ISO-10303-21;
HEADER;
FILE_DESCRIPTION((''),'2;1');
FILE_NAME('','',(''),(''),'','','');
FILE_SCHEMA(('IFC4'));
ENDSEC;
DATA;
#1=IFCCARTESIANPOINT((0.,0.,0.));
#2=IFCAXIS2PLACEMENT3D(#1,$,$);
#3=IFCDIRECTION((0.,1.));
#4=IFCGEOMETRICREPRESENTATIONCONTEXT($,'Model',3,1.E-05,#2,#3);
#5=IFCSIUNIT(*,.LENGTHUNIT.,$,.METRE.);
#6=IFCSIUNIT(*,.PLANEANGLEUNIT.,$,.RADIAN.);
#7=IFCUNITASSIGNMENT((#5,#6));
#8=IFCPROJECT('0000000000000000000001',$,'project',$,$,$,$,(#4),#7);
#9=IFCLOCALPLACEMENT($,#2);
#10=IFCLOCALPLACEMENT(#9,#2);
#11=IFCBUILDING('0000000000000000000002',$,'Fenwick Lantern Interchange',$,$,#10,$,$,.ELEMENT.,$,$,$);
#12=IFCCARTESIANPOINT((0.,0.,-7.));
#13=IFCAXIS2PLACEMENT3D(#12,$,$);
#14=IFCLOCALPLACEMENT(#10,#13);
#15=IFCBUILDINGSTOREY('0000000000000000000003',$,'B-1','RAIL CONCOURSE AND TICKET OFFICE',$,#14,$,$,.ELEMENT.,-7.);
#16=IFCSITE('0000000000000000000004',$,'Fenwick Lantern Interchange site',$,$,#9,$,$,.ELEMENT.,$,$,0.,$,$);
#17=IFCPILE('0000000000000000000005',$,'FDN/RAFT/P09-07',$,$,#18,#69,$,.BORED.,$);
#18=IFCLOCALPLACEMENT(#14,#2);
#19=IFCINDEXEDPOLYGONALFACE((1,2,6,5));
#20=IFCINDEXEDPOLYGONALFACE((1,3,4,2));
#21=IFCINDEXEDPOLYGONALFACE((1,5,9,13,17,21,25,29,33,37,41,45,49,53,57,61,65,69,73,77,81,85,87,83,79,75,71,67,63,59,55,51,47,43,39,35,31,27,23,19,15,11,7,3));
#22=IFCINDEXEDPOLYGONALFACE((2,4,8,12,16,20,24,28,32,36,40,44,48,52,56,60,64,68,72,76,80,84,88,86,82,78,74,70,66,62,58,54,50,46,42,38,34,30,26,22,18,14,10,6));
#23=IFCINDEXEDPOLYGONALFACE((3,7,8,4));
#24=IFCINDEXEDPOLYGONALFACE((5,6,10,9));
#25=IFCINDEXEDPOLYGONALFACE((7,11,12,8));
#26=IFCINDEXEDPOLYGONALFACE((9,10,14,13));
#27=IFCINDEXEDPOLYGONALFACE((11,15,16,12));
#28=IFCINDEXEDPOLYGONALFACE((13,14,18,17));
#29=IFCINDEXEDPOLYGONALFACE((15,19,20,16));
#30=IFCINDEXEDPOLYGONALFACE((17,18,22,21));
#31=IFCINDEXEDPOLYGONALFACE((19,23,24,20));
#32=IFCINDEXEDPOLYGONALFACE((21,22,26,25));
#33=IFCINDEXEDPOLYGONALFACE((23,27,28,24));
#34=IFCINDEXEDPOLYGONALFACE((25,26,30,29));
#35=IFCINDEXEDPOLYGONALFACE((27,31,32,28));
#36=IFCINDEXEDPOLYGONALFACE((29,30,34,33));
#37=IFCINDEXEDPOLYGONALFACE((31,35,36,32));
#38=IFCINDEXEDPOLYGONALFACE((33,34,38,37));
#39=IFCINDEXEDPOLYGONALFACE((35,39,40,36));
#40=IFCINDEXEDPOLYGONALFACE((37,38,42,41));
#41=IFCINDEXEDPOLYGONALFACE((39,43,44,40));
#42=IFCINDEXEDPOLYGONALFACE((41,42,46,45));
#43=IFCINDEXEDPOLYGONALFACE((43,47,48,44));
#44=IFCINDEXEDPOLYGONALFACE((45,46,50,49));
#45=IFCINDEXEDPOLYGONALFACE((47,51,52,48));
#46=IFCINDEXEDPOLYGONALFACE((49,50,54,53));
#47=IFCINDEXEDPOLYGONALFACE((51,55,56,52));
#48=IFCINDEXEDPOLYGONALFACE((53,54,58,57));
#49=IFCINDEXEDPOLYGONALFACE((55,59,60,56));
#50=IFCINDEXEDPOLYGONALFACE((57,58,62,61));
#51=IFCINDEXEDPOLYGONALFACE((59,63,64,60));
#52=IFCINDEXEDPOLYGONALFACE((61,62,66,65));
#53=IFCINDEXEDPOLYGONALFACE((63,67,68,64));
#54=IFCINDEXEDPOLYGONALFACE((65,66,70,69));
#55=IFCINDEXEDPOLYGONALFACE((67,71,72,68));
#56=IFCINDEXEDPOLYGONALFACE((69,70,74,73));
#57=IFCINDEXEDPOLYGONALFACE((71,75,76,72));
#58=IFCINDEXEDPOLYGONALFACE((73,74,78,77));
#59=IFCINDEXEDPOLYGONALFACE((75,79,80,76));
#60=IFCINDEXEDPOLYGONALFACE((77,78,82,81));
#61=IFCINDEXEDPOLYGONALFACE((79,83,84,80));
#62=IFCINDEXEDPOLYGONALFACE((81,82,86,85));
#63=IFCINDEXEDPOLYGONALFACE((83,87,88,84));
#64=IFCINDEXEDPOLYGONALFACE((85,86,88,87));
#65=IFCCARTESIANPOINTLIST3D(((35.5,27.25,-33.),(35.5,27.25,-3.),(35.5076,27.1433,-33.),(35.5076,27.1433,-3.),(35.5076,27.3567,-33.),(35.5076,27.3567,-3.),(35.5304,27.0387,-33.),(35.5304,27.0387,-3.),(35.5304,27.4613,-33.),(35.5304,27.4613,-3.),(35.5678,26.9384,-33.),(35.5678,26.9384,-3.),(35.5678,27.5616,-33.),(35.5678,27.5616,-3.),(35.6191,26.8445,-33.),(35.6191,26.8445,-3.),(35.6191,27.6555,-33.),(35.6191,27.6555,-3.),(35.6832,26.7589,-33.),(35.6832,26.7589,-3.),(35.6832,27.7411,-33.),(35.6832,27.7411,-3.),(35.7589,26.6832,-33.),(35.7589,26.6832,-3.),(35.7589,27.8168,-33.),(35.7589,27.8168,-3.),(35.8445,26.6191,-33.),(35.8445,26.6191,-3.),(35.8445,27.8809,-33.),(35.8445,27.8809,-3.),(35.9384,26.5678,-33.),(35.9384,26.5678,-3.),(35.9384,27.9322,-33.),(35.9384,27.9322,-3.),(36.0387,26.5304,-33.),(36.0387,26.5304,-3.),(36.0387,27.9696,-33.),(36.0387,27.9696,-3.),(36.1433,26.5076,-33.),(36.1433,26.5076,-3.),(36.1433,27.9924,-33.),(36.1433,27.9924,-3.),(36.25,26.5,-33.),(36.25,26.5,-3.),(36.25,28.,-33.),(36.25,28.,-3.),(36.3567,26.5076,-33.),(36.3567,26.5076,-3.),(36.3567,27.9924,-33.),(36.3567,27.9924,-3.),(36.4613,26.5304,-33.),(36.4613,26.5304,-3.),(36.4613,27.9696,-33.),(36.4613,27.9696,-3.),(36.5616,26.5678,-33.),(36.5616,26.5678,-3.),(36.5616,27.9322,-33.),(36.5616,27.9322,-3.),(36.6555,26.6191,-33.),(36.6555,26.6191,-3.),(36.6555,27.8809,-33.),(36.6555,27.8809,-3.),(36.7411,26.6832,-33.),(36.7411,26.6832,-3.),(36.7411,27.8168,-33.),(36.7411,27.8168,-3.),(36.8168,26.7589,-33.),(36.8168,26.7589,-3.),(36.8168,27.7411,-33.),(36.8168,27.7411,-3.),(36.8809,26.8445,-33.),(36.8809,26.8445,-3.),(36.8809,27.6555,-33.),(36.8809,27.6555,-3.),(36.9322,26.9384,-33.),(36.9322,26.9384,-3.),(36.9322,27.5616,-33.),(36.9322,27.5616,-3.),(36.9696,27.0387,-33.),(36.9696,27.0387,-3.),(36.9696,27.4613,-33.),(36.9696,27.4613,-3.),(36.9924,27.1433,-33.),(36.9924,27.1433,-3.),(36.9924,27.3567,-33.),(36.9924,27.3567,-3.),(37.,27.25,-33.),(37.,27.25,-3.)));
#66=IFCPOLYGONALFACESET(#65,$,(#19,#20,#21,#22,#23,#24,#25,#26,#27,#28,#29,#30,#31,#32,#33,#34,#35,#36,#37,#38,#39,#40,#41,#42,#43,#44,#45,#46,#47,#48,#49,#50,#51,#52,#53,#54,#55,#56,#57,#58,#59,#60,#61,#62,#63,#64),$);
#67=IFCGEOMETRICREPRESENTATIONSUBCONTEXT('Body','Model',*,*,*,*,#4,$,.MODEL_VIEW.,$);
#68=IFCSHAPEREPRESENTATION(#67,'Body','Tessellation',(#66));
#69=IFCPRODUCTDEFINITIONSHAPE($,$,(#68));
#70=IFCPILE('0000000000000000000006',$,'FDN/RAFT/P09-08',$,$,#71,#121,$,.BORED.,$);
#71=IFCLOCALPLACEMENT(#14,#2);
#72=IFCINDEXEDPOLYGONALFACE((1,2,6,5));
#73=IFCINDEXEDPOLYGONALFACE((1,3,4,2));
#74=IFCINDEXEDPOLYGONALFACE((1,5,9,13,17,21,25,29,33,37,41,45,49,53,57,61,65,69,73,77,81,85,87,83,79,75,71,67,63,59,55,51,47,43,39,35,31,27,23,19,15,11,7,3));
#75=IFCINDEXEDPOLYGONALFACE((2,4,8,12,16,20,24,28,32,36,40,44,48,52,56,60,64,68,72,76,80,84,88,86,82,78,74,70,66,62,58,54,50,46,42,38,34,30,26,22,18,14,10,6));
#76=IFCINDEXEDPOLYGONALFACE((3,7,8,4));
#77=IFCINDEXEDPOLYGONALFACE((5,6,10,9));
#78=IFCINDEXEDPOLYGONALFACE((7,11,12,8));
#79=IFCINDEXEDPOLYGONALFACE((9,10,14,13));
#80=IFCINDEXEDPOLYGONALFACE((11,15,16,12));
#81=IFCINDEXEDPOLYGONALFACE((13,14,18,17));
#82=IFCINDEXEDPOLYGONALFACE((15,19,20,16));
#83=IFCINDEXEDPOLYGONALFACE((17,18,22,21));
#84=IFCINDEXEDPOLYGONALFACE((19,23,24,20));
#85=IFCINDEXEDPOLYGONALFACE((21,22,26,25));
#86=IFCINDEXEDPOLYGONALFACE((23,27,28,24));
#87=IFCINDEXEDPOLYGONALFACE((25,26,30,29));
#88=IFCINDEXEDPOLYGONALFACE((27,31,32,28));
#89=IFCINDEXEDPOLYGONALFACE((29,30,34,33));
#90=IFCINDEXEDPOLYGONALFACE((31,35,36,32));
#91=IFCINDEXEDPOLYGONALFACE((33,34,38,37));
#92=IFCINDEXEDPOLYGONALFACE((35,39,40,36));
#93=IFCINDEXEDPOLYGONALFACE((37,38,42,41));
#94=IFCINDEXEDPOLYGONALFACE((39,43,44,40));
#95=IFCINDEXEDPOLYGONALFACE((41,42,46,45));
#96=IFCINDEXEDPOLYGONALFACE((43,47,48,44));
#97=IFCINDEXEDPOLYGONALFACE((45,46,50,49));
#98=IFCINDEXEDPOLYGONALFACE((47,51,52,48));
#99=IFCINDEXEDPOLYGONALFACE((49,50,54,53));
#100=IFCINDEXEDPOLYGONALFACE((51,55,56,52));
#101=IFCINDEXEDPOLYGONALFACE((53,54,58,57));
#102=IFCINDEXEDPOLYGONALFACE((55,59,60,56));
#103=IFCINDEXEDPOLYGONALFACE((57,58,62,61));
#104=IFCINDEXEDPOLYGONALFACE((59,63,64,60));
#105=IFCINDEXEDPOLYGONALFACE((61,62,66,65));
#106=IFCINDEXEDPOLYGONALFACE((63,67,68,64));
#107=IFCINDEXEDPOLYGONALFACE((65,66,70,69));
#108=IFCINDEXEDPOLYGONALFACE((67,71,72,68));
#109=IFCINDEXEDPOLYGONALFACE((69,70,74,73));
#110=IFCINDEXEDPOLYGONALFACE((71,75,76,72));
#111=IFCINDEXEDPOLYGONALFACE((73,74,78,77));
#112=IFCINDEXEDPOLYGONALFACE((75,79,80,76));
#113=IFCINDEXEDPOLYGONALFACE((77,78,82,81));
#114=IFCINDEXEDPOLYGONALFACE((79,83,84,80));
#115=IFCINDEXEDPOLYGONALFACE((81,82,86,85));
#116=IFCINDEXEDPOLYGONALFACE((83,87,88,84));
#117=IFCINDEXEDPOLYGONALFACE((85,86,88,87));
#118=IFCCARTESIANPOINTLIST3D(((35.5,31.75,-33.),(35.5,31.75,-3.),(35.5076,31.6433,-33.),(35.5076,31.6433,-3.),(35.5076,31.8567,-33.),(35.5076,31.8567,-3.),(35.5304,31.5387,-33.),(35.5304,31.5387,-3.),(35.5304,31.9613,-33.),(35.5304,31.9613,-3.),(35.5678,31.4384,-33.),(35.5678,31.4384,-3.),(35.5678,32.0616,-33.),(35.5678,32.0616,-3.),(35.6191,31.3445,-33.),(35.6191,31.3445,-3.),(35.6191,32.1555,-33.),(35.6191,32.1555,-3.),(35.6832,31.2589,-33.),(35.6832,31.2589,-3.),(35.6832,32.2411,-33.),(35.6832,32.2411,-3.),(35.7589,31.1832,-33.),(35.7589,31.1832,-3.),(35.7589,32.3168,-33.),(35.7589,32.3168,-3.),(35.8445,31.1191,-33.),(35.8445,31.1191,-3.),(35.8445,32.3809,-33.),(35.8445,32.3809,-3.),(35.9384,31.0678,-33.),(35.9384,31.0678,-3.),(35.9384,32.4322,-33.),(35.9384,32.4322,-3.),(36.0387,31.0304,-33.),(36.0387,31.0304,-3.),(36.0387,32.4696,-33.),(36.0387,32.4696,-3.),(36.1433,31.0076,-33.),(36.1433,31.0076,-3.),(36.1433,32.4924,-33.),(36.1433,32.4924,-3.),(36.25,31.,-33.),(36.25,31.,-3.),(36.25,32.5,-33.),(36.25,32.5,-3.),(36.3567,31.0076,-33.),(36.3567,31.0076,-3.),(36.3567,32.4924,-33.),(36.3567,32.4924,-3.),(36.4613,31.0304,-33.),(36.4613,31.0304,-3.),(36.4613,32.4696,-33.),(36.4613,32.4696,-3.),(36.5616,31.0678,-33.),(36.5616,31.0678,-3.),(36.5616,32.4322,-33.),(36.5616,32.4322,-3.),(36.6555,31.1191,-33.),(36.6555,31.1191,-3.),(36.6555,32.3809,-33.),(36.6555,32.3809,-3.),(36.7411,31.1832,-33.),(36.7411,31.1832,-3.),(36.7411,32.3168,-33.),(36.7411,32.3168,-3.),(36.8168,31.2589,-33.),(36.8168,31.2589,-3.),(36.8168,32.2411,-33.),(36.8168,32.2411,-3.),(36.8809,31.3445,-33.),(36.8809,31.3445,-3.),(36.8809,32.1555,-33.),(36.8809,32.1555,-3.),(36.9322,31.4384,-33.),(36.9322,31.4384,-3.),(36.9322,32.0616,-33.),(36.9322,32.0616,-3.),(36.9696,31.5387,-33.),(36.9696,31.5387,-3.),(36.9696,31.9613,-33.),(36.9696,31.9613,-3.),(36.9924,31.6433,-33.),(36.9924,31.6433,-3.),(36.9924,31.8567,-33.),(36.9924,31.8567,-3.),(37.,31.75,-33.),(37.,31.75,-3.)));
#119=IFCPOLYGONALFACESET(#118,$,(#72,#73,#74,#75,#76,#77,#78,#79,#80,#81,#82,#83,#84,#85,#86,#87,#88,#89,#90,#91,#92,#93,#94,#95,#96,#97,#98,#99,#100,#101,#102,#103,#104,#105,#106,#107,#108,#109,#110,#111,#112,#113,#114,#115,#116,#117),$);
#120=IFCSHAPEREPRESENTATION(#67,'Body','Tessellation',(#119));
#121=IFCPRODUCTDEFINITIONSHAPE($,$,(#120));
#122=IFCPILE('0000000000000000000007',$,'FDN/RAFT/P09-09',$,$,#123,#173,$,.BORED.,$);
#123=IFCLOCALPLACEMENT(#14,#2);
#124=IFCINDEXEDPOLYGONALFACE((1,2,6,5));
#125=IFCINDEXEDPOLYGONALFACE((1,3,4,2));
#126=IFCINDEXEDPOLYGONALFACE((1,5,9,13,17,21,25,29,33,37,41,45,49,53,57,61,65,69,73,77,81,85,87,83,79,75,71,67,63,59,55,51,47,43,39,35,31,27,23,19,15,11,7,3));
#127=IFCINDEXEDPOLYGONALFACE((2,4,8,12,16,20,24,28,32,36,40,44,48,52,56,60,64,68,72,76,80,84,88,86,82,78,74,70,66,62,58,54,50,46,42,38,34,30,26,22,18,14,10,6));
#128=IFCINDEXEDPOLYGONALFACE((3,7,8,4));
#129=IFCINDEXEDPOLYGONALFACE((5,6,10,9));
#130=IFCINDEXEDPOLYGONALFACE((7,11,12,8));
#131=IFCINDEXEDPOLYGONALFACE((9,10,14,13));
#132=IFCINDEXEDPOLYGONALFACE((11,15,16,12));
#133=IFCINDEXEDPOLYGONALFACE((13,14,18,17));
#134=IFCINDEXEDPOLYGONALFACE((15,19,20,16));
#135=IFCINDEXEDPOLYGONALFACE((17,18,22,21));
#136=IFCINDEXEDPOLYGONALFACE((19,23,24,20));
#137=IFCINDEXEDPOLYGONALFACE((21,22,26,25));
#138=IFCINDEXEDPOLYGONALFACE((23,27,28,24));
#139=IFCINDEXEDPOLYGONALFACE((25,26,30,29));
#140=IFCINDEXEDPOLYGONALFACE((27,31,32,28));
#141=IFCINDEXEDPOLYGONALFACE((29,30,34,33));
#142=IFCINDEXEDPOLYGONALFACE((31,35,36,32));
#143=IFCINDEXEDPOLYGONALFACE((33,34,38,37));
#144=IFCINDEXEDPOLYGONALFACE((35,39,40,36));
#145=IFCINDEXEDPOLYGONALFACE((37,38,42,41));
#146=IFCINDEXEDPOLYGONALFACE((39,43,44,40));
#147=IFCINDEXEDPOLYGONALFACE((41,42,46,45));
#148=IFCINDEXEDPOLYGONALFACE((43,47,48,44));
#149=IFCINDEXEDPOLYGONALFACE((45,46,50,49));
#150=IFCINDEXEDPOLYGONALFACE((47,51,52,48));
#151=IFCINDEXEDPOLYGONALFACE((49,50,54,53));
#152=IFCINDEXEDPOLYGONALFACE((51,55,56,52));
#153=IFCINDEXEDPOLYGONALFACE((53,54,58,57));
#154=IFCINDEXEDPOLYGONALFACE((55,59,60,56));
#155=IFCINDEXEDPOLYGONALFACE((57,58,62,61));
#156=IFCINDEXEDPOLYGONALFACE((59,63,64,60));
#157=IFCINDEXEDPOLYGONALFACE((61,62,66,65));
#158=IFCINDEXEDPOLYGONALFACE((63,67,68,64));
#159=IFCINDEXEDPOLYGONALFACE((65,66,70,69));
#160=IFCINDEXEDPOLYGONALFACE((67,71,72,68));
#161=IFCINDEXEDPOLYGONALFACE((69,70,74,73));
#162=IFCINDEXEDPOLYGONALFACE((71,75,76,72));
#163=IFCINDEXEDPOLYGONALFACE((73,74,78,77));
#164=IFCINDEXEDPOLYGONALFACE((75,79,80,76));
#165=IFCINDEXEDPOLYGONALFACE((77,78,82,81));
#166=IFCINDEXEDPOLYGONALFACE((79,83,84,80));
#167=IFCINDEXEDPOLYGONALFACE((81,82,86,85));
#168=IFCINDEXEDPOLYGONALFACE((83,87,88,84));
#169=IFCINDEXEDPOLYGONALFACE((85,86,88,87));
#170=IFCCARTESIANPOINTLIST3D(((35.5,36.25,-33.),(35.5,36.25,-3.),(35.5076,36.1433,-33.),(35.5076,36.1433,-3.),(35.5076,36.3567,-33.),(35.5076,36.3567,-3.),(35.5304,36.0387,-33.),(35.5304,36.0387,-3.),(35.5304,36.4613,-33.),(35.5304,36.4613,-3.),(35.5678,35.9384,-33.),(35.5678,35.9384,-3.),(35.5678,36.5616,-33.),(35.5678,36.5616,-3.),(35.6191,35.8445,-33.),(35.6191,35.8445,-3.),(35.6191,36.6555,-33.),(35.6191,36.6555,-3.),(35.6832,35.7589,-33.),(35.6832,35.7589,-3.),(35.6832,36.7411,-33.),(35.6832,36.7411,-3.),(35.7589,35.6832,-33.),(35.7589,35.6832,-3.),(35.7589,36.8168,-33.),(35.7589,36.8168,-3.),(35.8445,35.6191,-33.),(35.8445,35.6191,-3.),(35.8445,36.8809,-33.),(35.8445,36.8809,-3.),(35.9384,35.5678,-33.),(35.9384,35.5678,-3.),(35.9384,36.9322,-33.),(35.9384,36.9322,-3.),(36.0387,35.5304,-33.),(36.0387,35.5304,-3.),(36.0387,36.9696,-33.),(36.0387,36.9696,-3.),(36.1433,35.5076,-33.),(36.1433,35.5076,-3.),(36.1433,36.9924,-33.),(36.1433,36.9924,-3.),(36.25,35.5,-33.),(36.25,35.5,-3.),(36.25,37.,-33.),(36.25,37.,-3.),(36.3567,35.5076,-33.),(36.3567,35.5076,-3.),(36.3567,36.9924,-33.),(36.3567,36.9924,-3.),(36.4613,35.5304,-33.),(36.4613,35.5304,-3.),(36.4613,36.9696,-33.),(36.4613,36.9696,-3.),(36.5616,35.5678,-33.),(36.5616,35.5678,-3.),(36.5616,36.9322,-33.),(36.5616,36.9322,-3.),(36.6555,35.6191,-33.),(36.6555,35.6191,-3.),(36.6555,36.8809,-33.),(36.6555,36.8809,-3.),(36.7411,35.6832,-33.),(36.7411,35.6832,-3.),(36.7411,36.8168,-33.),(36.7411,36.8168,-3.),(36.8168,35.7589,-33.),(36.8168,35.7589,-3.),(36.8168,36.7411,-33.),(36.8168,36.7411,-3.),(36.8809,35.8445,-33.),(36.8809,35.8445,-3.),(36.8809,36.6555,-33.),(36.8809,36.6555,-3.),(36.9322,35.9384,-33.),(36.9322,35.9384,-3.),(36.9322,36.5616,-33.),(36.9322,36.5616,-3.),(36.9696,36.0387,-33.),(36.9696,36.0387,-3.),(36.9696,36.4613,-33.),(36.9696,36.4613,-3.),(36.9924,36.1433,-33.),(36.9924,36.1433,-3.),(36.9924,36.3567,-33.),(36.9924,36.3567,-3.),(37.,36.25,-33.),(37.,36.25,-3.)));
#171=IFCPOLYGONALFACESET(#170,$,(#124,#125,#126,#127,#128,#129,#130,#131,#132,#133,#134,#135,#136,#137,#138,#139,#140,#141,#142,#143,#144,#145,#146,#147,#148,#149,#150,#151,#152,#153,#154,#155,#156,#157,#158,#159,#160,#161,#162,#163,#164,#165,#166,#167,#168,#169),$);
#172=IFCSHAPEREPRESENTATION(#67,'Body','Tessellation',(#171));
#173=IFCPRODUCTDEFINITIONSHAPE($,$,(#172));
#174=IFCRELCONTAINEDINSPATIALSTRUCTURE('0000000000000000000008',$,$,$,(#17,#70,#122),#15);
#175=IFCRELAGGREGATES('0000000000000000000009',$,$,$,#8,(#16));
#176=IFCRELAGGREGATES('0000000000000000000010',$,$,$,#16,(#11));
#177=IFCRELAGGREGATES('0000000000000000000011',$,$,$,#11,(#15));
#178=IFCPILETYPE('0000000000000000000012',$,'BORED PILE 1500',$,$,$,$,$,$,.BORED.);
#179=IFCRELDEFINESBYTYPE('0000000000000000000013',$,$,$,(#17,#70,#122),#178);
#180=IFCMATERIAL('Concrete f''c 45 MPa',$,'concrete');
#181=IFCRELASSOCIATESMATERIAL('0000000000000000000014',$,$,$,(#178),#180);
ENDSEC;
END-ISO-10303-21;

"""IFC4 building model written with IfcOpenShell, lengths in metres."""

from ifc_helpers import new_model, si_unit, direction, frame, origin, origin_2d, place, context, subcontext, project, spatial, circle, extrude, material, type_object, element, save


model = new_model("IFC4")

# Units and contexts
model_context = context("Model", 3, precision=1e-05, world=origin(), true_north=direction((0.0, 1.0)))
body_context = subcontext(model_context, "Body", "Model", "MODEL_VIEW")
ifc_project = project(units=[si_unit("LENGTHUNIT", "METRE"), si_unit("PLANEANGLEUNIT", "RADIAN")], contexts=[model_context])

# Site, building, storey
site_placement = place(None, origin())
site = spatial("IfcSite", under=ifc_project, at=site_placement, Name="Fenwick Lantern Interchange site", CompositionType="ELEMENT", RefElevation=0.0)
building_placement = place(site_placement, origin())
building = spatial("IfcBuilding", under=site, at=building_placement, Name="Fenwick Lantern Interchange", CompositionType="ELEMENT")
storey_placement = place(building_placement, frame((0.0, 0.0, -7.0)))
storey = spatial("IfcBuildingStorey", under=building, at=storey_placement, Name="B-1", Description="RAIL CONCOURSE AND TICKET OFFICE", CompositionType="ELEMENT", Elevation=-7.0)

# Piles
ifc_material_1 = material(Name="Concrete f'c 45 MPa", Category="concrete")
pile_type = type_object("IfcPileType", Name="BORED PILE 1500", PredefinedType="BORED", material=ifc_material_1)
for number, where, z_axis, x_axis, name in (
    (1, (36.25, 27.25, -3.0), (0.0, 0.0, -1.0), (1.0, 0.0, 0.0), "FDN/RAFT/P09-07"),
    (2, (36.25, 31.75, -3.0), (0.0, 0.0, -1.0), (1.0, 0.0, 0.0), "FDN/RAFT/P09-08"),
    (3, (36.25, 36.25, -3.0), (0.0, 0.0, -1.0), (1.0, 0.0, 0.0), "FDN/RAFT/P09-09"),
):
    element("IfcPile", number, at=place(storey_placement, frame(where, z_axis=z_axis, x_axis=x_axis)), inside=storey, type_object=pile_type, Name=name, PredefinedType="BORED", context=body_context, shape_type="SweptSolid", body=[
        extrude(circle(Radius=0.75, at=origin_2d()), origin(), (0.0, 0.0, 1.0), 30.0),
    ])

save(model, "model.ifc")
